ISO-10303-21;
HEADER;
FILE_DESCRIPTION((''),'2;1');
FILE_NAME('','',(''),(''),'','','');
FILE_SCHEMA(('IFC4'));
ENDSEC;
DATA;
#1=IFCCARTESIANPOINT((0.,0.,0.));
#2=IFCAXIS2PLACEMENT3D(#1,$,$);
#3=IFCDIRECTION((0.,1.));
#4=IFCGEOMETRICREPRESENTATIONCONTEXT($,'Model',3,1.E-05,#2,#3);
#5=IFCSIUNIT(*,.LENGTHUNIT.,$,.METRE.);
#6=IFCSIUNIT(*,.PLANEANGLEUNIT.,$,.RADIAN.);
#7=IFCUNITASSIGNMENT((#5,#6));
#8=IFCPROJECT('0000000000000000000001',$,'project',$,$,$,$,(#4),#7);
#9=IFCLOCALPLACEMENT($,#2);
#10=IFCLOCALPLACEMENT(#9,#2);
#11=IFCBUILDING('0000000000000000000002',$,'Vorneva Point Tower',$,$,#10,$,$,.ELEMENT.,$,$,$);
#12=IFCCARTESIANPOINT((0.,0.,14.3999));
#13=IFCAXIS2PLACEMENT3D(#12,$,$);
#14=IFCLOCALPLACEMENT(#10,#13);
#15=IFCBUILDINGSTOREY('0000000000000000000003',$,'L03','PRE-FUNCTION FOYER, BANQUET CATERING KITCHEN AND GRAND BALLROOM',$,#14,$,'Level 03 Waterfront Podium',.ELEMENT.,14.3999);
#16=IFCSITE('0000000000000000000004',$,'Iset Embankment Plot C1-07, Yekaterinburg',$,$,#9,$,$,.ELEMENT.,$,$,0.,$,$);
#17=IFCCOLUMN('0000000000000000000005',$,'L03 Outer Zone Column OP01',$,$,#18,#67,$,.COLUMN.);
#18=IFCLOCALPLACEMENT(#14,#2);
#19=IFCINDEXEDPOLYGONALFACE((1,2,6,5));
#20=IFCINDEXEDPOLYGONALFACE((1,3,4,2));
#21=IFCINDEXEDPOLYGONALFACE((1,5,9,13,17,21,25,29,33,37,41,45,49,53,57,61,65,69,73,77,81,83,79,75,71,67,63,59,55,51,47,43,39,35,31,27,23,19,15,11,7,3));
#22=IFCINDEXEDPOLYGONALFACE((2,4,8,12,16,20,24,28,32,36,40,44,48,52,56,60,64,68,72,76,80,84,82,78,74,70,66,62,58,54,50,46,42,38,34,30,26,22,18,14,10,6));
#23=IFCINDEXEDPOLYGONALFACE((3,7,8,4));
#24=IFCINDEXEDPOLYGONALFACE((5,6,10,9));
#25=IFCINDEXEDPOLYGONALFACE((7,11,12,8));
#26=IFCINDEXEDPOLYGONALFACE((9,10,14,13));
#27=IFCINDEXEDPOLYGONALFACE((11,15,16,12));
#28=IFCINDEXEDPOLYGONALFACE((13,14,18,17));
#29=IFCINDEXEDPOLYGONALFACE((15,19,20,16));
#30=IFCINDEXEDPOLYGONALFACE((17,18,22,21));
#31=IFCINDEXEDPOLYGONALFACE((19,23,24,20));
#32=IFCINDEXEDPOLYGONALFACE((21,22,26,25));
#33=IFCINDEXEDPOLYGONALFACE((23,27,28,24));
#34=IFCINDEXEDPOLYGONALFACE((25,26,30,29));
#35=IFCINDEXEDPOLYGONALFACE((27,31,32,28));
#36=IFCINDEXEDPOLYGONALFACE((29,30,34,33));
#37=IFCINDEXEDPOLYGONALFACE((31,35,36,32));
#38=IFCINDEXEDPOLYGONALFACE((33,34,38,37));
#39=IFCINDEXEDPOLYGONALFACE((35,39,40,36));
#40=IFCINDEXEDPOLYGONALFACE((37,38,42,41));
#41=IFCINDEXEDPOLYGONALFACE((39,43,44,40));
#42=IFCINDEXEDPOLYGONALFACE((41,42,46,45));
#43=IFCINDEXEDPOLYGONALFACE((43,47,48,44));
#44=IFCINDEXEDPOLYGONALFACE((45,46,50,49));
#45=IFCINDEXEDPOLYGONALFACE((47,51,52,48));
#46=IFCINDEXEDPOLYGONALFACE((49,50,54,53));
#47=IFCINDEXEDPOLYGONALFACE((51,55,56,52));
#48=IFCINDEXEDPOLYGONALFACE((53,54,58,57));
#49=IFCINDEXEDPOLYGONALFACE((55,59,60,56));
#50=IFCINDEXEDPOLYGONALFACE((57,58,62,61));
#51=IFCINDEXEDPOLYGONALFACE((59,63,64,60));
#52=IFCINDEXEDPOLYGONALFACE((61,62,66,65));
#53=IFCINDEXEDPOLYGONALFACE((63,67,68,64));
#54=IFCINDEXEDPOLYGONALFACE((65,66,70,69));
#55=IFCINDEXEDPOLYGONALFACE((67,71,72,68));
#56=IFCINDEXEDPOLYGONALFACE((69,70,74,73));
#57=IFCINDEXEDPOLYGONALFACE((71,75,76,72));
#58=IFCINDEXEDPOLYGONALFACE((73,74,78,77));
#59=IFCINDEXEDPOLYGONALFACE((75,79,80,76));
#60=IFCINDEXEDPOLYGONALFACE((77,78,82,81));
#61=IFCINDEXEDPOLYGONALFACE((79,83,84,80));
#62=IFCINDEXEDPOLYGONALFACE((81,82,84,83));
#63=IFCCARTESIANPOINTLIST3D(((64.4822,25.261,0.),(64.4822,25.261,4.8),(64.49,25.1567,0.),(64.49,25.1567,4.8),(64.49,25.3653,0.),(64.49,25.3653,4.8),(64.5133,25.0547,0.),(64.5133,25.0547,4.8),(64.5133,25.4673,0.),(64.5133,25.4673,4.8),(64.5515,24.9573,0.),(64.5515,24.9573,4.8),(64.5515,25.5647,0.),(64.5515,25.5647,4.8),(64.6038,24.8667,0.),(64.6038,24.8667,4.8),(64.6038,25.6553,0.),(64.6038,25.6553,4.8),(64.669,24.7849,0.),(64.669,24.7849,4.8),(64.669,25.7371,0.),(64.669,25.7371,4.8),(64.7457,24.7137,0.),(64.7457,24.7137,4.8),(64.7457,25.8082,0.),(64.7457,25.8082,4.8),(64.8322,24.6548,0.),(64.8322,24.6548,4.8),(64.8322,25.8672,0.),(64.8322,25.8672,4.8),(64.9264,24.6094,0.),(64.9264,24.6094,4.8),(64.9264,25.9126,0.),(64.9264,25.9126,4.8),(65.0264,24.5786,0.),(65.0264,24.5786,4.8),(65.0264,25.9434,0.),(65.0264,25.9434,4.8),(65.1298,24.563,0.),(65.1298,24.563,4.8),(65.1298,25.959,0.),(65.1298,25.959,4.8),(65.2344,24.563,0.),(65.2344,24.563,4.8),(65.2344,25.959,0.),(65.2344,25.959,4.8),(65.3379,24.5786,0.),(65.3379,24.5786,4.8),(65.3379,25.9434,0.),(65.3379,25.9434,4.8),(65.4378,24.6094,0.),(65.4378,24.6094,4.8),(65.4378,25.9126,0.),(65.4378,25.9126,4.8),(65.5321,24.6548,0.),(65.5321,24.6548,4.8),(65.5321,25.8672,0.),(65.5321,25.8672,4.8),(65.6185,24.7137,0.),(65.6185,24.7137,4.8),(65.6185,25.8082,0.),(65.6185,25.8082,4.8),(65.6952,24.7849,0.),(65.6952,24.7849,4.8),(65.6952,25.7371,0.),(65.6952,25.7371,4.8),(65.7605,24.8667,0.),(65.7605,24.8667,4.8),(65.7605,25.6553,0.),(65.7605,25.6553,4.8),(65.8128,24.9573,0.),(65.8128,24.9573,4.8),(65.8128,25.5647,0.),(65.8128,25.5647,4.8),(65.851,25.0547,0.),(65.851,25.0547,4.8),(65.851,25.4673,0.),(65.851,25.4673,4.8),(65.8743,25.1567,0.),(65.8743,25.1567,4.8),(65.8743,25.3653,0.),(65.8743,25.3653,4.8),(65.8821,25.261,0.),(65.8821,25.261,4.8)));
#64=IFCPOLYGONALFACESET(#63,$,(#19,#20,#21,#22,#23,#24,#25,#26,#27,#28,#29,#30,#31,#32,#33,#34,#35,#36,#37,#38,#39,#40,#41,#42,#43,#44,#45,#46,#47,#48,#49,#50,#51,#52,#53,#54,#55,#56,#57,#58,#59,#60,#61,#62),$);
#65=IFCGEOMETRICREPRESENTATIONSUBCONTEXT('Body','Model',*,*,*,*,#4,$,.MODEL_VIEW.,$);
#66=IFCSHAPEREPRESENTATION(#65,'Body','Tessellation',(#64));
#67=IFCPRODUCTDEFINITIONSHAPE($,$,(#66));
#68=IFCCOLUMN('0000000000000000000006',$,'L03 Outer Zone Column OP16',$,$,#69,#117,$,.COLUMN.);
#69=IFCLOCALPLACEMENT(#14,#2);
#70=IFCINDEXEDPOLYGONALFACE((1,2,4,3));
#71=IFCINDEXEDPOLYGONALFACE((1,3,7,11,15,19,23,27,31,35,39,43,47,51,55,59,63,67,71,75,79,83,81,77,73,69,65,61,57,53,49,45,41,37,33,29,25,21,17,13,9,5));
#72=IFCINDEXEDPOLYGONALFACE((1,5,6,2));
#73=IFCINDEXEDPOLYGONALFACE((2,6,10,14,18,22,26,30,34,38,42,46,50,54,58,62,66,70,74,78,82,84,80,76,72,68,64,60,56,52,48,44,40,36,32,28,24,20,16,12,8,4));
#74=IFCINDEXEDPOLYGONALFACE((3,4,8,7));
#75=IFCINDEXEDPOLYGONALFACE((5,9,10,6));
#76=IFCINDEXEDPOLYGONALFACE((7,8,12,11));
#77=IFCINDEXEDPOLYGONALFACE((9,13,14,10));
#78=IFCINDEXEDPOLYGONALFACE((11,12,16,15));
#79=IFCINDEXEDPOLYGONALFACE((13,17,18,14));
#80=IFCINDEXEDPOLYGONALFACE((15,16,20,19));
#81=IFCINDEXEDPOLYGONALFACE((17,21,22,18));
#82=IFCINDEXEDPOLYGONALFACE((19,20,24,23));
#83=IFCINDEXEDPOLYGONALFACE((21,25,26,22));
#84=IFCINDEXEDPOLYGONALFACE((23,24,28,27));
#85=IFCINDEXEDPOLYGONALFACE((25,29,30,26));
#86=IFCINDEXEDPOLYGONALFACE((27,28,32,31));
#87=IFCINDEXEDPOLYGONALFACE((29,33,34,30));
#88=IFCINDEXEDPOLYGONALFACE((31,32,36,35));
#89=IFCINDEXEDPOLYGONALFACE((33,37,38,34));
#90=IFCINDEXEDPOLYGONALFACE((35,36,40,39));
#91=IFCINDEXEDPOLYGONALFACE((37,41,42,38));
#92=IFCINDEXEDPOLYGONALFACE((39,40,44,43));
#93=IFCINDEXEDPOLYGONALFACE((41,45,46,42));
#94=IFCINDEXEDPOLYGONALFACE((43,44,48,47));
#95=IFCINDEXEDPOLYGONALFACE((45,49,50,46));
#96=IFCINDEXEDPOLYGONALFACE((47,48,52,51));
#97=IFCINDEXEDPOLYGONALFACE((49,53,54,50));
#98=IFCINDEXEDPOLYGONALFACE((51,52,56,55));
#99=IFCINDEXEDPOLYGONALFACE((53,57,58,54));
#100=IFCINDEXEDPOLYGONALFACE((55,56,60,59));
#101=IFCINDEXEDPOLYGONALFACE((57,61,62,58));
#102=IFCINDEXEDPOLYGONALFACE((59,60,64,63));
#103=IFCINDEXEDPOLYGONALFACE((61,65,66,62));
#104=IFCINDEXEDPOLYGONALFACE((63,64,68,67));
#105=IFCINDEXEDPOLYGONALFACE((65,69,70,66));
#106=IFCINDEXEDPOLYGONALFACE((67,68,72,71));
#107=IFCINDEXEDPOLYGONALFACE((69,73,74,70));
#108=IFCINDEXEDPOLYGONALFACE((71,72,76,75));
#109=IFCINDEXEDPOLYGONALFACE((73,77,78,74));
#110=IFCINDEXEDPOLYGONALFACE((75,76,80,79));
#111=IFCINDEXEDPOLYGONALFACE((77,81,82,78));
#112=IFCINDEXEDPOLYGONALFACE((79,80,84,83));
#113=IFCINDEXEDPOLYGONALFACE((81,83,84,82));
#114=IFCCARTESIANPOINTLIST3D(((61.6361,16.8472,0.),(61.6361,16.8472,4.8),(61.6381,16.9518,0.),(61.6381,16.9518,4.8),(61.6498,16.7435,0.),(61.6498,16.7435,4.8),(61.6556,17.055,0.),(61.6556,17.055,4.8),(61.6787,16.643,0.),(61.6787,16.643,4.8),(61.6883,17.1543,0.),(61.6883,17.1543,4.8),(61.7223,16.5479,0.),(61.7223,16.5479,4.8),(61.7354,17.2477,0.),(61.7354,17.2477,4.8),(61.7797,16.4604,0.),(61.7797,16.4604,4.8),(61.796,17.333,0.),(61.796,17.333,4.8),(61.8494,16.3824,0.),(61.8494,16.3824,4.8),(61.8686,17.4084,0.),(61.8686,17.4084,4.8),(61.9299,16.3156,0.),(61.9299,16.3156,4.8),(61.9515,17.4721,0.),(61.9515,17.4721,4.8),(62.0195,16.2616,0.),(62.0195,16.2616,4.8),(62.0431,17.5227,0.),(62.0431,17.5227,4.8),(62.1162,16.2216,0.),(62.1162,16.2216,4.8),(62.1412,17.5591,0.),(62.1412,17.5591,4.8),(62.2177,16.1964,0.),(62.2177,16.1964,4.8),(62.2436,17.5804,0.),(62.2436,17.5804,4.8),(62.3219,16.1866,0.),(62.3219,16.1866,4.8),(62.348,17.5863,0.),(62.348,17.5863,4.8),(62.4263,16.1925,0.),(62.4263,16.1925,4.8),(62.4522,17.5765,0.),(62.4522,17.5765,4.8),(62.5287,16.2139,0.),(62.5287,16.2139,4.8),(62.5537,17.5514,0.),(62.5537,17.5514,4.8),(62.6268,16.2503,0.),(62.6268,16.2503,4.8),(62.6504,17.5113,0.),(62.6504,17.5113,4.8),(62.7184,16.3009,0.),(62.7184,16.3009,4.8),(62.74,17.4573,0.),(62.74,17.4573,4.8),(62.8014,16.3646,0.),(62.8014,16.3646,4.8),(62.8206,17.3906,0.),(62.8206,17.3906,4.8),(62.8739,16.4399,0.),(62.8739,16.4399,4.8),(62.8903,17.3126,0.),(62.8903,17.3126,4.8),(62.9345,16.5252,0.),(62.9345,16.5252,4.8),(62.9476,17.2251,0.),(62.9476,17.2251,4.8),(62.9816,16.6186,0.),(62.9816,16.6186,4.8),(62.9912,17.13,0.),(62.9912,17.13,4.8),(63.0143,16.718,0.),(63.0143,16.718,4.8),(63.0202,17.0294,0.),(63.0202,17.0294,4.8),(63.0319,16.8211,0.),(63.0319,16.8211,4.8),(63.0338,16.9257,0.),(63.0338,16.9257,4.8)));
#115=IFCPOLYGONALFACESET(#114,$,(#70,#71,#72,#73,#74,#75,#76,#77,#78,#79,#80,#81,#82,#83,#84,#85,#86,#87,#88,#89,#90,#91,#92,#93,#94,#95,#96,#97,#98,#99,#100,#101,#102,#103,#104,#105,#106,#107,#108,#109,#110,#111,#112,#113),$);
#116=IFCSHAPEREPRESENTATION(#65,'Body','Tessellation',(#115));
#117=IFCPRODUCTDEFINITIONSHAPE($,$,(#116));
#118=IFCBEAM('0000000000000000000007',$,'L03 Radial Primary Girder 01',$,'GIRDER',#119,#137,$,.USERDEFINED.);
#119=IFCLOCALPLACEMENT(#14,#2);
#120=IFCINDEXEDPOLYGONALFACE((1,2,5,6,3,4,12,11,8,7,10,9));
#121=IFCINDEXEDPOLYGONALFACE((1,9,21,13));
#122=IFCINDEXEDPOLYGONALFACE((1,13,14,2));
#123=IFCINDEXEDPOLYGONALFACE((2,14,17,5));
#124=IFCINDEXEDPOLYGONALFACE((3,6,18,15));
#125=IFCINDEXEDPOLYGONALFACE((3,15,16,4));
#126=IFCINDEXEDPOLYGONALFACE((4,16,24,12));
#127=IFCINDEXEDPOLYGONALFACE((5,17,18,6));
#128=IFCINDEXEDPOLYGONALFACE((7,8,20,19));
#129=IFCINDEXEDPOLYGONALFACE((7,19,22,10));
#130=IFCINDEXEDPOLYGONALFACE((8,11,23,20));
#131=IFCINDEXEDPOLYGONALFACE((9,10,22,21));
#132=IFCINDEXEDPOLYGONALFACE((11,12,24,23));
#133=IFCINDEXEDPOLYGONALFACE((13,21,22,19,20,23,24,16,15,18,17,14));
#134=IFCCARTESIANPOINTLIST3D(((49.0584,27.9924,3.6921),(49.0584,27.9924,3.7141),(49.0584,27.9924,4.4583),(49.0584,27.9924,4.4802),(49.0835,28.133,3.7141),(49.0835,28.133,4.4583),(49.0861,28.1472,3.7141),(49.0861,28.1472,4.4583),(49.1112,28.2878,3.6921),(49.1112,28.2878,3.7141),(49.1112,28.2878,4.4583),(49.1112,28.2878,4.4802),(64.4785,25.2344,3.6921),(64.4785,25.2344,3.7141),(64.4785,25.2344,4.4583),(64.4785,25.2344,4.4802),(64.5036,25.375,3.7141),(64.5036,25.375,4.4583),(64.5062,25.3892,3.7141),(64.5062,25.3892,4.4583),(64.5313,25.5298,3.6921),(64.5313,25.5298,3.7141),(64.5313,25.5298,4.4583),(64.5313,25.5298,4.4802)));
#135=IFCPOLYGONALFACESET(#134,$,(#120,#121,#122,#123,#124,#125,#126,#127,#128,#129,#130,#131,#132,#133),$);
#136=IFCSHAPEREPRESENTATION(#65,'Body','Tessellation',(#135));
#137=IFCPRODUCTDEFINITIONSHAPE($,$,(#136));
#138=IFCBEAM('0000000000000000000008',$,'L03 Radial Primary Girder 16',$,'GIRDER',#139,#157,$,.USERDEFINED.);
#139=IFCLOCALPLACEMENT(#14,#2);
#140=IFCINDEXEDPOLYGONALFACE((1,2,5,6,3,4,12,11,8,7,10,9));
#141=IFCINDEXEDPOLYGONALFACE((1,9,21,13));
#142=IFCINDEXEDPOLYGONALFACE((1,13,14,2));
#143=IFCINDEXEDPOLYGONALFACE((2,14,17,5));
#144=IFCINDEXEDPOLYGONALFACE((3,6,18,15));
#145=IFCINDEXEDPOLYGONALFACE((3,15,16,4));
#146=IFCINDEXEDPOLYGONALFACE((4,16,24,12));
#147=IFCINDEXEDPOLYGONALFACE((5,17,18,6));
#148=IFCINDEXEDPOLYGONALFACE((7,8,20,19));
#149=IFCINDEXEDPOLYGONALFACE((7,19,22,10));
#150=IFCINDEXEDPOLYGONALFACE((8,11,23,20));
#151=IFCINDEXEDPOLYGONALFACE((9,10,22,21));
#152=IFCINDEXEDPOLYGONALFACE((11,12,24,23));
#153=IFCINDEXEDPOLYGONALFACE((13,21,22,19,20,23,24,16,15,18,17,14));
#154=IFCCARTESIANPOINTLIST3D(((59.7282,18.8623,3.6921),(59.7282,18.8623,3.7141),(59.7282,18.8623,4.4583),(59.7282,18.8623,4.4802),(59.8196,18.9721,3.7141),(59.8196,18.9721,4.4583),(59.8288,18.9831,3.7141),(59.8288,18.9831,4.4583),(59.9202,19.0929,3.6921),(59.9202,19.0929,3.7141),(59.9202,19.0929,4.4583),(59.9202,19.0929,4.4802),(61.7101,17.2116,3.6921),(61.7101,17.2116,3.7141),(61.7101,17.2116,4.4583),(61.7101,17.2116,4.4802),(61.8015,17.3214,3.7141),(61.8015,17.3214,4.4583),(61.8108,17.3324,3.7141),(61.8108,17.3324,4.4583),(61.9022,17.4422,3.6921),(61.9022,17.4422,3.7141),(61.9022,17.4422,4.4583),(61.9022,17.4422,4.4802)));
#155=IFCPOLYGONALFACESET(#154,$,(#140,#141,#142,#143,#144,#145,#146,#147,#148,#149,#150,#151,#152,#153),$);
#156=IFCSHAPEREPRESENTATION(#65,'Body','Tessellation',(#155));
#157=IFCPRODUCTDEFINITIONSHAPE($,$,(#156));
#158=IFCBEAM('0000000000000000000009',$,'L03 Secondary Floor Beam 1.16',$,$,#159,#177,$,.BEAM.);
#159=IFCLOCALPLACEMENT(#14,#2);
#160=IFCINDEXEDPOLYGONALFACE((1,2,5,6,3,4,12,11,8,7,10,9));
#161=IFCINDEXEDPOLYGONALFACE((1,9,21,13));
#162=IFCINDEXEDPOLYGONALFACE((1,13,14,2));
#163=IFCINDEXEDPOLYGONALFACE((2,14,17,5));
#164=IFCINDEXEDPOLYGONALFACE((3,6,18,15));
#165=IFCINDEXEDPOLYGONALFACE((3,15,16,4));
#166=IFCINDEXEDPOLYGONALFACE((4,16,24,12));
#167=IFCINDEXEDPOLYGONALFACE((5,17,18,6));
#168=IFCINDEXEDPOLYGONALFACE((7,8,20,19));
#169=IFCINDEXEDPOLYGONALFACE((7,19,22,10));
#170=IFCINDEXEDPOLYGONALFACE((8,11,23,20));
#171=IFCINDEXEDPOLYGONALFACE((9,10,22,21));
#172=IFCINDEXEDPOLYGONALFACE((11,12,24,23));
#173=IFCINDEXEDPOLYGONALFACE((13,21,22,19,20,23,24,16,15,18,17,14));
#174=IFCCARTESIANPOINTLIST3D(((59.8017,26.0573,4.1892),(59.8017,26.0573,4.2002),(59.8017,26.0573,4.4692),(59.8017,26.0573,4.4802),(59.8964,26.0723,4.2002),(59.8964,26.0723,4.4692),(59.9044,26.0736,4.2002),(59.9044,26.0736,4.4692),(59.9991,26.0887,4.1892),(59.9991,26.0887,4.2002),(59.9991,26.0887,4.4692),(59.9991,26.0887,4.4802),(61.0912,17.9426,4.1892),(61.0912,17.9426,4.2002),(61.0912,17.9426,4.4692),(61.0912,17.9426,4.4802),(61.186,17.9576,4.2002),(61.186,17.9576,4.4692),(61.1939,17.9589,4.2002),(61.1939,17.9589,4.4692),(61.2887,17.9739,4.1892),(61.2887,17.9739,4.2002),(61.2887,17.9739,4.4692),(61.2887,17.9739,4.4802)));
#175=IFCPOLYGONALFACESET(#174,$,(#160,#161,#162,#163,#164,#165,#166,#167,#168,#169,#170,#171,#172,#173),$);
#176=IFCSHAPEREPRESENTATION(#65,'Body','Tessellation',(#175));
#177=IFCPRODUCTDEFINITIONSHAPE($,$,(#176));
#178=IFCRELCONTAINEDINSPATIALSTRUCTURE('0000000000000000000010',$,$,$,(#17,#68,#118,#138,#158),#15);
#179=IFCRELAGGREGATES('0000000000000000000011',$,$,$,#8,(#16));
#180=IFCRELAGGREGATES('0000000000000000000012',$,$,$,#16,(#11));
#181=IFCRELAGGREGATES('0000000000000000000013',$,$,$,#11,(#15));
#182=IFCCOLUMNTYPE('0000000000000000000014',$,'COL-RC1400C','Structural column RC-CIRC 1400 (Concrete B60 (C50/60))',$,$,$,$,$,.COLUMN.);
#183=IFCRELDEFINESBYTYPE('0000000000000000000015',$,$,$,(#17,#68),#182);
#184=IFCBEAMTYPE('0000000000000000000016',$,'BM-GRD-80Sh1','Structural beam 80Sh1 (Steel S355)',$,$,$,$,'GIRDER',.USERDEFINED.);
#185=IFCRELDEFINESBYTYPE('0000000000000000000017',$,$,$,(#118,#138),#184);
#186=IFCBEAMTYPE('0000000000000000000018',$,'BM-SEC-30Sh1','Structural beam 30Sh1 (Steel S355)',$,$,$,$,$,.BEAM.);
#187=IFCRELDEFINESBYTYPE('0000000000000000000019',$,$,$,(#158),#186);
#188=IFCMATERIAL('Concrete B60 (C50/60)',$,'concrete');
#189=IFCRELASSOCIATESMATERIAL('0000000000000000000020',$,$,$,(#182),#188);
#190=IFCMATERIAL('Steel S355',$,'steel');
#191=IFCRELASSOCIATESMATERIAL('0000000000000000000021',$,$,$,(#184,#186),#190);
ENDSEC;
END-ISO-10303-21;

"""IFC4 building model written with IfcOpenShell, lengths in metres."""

from ifc_helpers import new_model, si_unit, direction, frame, origin, origin_2d, place, context, subcontext, project, spatial, circle, i_section, extrude, material, material_profile, profile_set, type_object, element, save


model = new_model("IFC4")

# Units and contexts
model_context = context("Model", 3, precision=1e-05, world=origin(), true_north=direction((0.0, 1.0)))
body_context = subcontext(model_context, "Body", "Model", "MODEL_VIEW")
ifc_project = project(units=[si_unit("LENGTHUNIT", "METRE"), si_unit("PLANEANGLEUNIT", "RADIAN")], contexts=[model_context])

# Site, building, storey
site_placement = place(None, origin())
site = spatial("IfcSite", under=ifc_project, at=site_placement, Name="Iset Embankment Plot C1-07, Yekaterinburg", CompositionType="ELEMENT", RefElevation=0.0)
building_placement = place(site_placement, origin())
building = spatial("IfcBuilding", under=site, at=building_placement, Name="Vorneva Point Tower", CompositionType="ELEMENT")
storey_placement = place(building_placement, frame((0.0, 0.0, 14.3999)))
storey = spatial("IfcBuildingStorey", under=building, at=storey_placement, Name="L03", Description="PRE-FUNCTION FOYER, BANQUET CATERING KITCHEN AND GRAND BALLROOM", LongName="Level 03 Waterfront Podium", CompositionType="ELEMENT", Elevation=14.3999)

# Columns
ifc_material_1 = material(Name="Concrete B60 (C50/60)", Category="concrete")
ifc_material_profile_1 = material_profile(ifc_material_1, circle(Radius=0.7, at=origin_2d()), Name="RC-CIRC 1400")
ifc_profile_set_1 = profile_set([ifc_material_profile_1], Name="Concrete B60 (C50/60)")
column_type = type_object("IfcColumnType", Name="COL-RC1400C", Description="Structural column RC-CIRC 1400 (Concrete B60 (C50/60))", PredefinedType="COLUMN", material=ifc_profile_set_1)
for number, where, z_axis, x_axis, name in (
    (1, (65.1821, 25.261, 0.0), (0.0, 0.0, 1.0), (1.0, 0.0, 0.0), "L03 Outer Zone Column OP01"),
    (2, (62.335, 16.8865, 0.0), (0.0, 0.0, 1.0), (0.92388, -0.382683, 0.0), "L03 Outer Zone Column OP16"),
):
    element("IfcColumn", number, at=place(storey_placement, frame(where, z_axis=z_axis, x_axis=x_axis)), inside=storey, type_object=column_type, Name=name, PredefinedType="COLUMN", context=body_context, shape_type="SweptSolid", body=[
        extrude(circle(Radius=0.7, at=origin_2d()), origin(), (0.0, 0.0, 1.0), 4.8),
    ])

# Beams
ifc_material_2 = material(Name="Steel S355", Category="steel")
ifc_material_profile_2 = material_profile(ifc_material_2, i_section(OverallWidth=0.3, OverallDepth=0.7881, WebThickness=0.0144, FlangeThickness=0.022, at=origin_2d()), Name="80Sh1")
ifc_profile_set_2 = profile_set([ifc_material_profile_2], Name="Steel S355")
beam_type_1 = type_object("IfcBeamType", Name="BM-GRD-80Sh1", Description="Structural beam 80Sh1 (Steel S355)", ElementType="GIRDER", PredefinedType="USERDEFINED", material=ifc_profile_set_2)
beam_1_placement = place(storey_placement, frame((64.5049, 25.3821, 4.0862), z_axis=(-0.984378, 0.176066, 0.0), x_axis=(-0.176066, -0.984378, 0.0)))
element("IfcBeam", 3, at=beam_1_placement, inside=storey, type_object=beam_type_1, Name="L03 Radial Primary Girder 01", ObjectType="GIRDER", PredefinedType="USERDEFINED", context=body_context, shape_type="SweptSolid", body=[
    extrude(i_section(OverallWidth=0.3, OverallDepth=0.7881, WebThickness=0.0144, FlangeThickness=0.022, at=origin_2d()), origin(), (0.0, 0.0, 1.0), 15.6648),
])
beam_2_placement = place(storey_placement, frame((61.8062, 17.3269, 4.0862), z_axis=(-0.768407, 0.639961, 0.0), x_axis=(-0.639961, -0.768407, 0.0)))
element("IfcBeam", 4, at=beam_2_placement, inside=storey, type_object=beam_type_1, Name="L03 Radial Primary Girder 16", ObjectType="GIRDER", PredefinedType="USERDEFINED", context=body_context, shape_type="SweptSolid", body=[
    extrude(i_section(OverallWidth=0.3, OverallDepth=0.7881, WebThickness=0.0144, FlangeThickness=0.022, at=origin_2d()), origin(), (0.0, 0.0, 1.0), 2.5793),
])
ifc_material_profile_3 = material_profile(ifc_material_2, i_section(OverallWidth=0.2, OverallDepth=0.291, WebThickness=0.0081, FlangeThickness=0.011, at=origin_2d()), Name="30Sh1")
ifc_profile_set_3 = profile_set([ifc_material_profile_3], Name="Steel S355")
beam_type_2 = type_object("IfcBeamType", Name="BM-SEC-30Sh1", Description="Structural beam 30Sh1 (Steel S355)", PredefinedType="BEAM", material=ifc_profile_set_3)
beam_3_placement = place(storey_placement, frame((61.1899, 17.9583, 4.3347), z_axis=(-0.156945, 0.987607, 0.0), x_axis=(-0.987607, -0.156945, 0.0)))
element("IfcBeam", 5, at=beam_3_placement, inside=storey, type_object=beam_type_2, Name="L03 Secondary Floor Beam 1.16", PredefinedType="BEAM", context=body_context, shape_type="SweptSolid", body=[
    extrude(i_section(OverallWidth=0.2, OverallDepth=0.291, WebThickness=0.0081, FlangeThickness=0.011, at=origin_2d()), origin(), (0.0, 0.0, 1.0), 8.2166),
])

save(model, "model.ifc")
